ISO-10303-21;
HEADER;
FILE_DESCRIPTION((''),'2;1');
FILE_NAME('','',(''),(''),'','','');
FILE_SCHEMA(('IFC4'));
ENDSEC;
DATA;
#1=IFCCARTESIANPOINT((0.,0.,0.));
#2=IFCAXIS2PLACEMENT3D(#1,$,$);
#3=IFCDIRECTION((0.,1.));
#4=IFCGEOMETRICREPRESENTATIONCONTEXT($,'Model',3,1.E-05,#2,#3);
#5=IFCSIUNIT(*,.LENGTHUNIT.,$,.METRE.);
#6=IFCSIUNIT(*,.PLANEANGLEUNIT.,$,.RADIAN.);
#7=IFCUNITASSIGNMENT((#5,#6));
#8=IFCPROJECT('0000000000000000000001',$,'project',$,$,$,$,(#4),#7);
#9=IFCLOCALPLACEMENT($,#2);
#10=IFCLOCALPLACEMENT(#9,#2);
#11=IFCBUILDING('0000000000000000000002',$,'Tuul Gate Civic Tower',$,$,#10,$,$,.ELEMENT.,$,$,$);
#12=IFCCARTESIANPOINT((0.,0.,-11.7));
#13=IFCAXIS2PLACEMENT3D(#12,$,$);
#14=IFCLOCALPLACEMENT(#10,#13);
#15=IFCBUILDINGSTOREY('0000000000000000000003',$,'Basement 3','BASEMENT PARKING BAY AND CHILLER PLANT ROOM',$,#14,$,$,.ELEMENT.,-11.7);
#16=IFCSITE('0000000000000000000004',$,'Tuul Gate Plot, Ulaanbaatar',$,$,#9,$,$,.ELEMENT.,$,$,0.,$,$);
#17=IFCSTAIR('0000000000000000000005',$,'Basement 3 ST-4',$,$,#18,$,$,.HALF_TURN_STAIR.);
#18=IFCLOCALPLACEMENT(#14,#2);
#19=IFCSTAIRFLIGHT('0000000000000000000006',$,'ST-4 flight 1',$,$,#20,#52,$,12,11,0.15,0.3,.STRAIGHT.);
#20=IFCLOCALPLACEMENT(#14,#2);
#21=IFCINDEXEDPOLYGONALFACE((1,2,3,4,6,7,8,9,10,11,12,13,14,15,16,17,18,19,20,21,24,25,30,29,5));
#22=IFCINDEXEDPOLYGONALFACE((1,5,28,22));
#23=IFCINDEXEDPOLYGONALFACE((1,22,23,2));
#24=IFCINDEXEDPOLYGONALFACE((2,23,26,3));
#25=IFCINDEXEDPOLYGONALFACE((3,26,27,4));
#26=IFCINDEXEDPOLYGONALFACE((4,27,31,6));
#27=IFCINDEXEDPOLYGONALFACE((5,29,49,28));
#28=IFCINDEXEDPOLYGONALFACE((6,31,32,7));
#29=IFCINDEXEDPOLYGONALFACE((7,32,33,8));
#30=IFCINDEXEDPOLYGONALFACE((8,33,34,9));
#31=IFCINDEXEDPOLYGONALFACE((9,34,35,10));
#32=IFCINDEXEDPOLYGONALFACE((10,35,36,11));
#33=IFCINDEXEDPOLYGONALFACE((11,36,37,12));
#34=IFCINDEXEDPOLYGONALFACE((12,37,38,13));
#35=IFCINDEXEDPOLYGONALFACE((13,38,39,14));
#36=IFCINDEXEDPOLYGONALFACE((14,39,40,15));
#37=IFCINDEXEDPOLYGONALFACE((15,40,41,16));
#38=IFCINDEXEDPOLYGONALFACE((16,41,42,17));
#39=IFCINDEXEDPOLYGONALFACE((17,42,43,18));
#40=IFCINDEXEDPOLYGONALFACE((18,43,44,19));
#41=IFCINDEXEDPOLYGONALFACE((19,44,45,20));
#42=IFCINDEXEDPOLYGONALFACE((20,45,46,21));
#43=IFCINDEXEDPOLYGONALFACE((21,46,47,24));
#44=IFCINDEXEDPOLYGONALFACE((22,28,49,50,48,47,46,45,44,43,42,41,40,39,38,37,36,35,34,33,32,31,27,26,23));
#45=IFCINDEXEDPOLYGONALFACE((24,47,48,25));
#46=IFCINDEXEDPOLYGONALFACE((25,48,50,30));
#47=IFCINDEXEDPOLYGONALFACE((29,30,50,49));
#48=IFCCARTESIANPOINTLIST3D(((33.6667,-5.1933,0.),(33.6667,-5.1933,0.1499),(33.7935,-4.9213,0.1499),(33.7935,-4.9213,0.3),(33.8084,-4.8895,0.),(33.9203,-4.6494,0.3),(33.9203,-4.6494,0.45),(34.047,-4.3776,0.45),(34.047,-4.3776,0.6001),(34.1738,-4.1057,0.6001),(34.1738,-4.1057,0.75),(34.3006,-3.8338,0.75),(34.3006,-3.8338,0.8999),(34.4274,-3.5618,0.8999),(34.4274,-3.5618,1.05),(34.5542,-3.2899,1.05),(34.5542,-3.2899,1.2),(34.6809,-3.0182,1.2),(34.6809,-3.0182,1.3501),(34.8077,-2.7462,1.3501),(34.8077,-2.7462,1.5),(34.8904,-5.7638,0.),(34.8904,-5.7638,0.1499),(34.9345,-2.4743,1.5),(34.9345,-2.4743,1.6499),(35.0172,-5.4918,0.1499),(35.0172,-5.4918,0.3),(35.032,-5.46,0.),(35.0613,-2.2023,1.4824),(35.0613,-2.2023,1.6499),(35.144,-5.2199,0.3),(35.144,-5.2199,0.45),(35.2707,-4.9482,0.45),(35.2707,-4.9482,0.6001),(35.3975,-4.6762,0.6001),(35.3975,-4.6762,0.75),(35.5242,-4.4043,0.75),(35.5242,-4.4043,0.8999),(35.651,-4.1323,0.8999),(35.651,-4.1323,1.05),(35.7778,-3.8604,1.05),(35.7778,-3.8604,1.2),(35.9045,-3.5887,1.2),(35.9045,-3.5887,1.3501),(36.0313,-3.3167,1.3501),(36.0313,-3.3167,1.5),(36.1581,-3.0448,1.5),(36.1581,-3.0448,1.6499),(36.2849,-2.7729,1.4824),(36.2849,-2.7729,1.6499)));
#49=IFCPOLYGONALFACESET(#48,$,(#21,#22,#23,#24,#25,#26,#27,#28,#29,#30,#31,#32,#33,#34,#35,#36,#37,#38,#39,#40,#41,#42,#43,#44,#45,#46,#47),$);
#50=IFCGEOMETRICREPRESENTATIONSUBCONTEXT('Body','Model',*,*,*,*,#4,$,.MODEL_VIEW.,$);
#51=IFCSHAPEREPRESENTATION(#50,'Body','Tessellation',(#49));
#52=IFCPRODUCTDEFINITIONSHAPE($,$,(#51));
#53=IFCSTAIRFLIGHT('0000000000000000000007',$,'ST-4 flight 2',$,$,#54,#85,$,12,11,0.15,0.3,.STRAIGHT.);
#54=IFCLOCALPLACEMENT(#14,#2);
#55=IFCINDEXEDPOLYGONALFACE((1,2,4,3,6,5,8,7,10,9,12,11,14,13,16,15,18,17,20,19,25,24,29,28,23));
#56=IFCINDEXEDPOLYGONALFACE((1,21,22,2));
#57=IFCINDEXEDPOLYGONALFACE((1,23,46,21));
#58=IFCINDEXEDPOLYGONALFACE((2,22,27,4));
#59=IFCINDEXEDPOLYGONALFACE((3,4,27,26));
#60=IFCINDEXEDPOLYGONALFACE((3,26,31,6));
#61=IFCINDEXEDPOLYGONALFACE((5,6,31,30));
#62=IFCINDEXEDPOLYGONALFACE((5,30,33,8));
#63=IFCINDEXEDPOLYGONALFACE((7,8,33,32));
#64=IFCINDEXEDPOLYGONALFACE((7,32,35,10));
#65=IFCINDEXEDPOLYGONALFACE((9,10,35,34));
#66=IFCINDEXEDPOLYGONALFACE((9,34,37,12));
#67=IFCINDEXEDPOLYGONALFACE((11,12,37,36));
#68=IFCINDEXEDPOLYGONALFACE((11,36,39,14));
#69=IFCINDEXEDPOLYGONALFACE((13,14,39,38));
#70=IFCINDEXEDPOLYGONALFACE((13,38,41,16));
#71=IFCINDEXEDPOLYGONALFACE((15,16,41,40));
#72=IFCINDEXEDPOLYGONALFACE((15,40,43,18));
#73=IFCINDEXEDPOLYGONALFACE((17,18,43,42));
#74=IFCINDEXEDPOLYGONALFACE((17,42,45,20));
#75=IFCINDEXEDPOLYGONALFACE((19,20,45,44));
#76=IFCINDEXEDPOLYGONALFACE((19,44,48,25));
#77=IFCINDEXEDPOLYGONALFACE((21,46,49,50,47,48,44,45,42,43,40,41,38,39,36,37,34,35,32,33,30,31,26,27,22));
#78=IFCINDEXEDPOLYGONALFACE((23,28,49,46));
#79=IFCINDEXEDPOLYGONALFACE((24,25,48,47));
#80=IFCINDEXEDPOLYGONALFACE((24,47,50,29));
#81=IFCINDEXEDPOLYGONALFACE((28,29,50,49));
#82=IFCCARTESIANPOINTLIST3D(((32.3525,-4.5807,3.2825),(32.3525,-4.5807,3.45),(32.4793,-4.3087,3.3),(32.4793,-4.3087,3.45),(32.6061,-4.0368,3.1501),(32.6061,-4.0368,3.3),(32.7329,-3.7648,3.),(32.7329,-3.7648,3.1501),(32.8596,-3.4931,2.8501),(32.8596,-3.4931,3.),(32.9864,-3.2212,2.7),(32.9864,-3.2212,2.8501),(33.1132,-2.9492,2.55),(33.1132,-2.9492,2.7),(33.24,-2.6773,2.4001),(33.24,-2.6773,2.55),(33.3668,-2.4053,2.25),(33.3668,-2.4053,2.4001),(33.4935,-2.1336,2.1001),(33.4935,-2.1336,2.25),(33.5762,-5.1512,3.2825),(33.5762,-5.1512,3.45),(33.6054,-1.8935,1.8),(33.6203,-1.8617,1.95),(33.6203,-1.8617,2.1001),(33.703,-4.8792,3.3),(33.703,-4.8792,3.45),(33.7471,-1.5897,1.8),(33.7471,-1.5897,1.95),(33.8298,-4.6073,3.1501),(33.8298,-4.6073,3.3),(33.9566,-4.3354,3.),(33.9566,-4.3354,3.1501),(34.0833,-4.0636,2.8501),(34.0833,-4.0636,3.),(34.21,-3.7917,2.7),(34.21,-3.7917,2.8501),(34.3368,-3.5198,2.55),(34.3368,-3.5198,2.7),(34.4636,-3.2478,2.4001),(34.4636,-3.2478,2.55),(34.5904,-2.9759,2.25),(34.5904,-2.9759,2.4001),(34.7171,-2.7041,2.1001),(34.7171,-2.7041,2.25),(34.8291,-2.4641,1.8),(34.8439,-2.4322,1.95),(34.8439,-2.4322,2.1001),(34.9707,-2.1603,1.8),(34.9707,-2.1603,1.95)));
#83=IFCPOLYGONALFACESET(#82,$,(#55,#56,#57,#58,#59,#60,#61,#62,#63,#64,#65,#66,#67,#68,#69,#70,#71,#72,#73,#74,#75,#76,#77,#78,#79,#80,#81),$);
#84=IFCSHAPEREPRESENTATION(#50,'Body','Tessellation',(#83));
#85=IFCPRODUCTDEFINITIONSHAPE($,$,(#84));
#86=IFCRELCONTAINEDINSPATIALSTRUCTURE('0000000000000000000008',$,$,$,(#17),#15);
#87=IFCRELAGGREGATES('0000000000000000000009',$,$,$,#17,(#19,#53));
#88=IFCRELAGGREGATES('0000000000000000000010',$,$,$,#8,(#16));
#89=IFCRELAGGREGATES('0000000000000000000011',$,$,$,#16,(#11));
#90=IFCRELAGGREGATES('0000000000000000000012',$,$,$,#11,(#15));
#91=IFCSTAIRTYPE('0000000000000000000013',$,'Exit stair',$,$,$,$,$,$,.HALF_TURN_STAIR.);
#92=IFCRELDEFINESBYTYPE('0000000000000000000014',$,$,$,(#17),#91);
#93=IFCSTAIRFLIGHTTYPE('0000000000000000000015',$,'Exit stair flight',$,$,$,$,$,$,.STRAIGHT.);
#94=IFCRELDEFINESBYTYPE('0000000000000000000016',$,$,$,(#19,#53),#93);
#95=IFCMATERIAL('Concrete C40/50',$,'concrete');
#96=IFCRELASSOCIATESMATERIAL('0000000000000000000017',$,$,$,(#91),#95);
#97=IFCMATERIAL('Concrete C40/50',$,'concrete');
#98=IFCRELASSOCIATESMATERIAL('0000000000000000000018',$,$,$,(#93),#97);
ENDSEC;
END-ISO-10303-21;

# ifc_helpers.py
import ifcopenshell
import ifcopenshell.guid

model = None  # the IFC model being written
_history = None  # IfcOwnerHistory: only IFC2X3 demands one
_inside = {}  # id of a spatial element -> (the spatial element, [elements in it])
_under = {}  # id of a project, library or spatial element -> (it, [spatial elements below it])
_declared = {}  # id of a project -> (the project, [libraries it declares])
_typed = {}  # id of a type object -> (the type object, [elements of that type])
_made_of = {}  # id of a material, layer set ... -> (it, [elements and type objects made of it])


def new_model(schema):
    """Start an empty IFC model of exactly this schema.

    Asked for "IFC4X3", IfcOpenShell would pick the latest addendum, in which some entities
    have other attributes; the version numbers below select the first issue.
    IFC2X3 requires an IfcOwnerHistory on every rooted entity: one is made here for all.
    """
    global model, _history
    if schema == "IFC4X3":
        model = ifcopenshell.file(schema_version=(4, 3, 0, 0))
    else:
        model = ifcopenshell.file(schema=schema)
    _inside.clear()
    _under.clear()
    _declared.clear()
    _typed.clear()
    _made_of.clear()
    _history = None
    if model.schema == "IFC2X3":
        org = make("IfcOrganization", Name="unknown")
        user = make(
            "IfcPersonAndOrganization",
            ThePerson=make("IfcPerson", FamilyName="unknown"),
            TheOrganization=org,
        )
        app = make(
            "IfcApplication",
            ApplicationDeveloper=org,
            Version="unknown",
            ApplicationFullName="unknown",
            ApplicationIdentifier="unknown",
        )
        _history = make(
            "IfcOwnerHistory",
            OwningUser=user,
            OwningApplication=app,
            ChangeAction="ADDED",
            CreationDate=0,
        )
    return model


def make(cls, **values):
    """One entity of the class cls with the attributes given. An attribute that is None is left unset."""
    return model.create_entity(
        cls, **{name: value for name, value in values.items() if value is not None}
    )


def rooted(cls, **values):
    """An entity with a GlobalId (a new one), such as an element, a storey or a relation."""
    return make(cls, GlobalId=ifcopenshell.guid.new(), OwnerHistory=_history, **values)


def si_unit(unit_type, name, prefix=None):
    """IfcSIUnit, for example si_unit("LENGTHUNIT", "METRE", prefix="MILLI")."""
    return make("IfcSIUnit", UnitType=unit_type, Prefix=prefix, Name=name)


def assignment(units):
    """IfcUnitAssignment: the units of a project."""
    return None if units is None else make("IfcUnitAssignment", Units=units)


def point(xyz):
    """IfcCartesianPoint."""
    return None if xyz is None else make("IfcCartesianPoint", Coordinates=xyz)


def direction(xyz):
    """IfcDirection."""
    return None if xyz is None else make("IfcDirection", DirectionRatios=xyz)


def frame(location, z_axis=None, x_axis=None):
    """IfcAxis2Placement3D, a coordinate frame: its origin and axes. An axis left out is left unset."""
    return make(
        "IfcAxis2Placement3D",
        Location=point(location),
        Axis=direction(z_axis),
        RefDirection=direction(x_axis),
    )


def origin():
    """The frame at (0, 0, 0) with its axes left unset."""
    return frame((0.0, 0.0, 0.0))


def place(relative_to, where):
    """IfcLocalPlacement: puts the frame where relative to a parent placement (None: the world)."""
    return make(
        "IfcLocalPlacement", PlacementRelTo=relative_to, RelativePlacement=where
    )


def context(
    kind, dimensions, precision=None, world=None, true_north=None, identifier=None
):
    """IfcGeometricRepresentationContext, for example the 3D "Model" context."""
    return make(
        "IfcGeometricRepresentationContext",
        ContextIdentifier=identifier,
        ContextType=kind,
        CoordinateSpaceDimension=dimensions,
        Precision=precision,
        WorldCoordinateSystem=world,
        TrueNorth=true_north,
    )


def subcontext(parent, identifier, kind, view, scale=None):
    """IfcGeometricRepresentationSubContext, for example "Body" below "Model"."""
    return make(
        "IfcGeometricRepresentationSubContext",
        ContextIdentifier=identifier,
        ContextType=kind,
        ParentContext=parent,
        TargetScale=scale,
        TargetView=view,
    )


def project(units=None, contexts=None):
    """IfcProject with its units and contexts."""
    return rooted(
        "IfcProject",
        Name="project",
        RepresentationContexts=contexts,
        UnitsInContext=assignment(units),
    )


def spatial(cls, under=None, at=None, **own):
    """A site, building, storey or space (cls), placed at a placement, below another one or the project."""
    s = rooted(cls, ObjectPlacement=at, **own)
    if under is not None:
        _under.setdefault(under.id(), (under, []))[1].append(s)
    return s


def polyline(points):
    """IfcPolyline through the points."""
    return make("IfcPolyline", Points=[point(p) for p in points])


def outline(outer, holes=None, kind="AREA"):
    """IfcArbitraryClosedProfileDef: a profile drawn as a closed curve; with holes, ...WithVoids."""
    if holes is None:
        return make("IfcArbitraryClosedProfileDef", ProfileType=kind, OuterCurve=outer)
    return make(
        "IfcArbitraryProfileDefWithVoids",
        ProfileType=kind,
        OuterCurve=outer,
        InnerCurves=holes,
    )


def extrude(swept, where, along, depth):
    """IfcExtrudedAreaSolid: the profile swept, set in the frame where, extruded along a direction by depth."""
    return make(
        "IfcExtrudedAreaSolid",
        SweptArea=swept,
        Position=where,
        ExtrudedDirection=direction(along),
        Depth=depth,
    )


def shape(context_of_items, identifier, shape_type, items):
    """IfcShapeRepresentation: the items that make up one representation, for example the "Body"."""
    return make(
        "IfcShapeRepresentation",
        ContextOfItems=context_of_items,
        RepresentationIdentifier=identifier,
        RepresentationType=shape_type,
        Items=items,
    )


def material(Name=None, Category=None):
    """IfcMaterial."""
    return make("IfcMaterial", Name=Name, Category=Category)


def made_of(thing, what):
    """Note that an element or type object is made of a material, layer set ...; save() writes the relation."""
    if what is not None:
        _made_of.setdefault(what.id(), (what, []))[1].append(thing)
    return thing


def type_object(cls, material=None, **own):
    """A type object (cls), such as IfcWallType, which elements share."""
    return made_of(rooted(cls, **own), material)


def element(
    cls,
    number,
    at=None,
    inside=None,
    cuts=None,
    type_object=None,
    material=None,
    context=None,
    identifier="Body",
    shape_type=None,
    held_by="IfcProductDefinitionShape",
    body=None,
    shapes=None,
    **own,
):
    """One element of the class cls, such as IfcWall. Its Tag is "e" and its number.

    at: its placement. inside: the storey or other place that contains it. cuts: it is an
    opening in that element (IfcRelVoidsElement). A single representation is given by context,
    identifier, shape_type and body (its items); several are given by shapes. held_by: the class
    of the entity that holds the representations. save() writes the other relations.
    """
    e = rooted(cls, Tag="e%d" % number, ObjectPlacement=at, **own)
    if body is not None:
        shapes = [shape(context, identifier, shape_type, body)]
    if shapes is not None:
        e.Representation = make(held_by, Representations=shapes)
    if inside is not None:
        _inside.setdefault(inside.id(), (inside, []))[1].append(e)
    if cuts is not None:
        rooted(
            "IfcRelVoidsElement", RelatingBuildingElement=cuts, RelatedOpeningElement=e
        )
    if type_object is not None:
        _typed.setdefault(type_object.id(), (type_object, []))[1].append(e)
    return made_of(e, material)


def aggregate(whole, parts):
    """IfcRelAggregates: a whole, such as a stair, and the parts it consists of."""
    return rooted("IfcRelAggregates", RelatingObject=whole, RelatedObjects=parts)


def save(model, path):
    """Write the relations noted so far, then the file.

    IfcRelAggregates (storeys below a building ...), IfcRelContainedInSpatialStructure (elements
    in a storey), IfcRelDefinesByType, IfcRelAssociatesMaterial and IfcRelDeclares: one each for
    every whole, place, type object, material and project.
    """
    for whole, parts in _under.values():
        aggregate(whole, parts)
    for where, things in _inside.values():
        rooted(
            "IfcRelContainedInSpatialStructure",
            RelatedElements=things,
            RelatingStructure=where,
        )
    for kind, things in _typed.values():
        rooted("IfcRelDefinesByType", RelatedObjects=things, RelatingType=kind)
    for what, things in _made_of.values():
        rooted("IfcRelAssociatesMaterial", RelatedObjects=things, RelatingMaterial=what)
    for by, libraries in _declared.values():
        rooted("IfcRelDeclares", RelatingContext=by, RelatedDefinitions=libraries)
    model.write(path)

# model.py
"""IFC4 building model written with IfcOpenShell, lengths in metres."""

from ifc_helpers import new_model, si_unit, direction, frame, origin, place, context, subcontext, project, spatial, polyline, outline, extrude, material, type_object, element, aggregate, save


model = new_model("IFC4")

# Units and contexts
model_context = context("Model", 3, precision=1e-05, world=origin(), true_north=direction((0.0, 1.0)))
body_context = subcontext(model_context, "Body", "Model", "MODEL_VIEW")
ifc_project = project(units=[si_unit("LENGTHUNIT", "METRE"), si_unit("PLANEANGLEUNIT", "RADIAN")], contexts=[model_context])

# Site, building, storey
site_placement = place(None, origin())
site = spatial("IfcSite", under=ifc_project, at=site_placement, Name="Tuul Gate Plot, Ulaanbaatar", CompositionType="ELEMENT", RefElevation=0.0)
building_placement = place(site_placement, origin())
building = spatial("IfcBuilding", under=site, at=building_placement, Name="Tuul Gate Civic Tower", CompositionType="ELEMENT")
storey_placement = place(building_placement, frame((0.0, 0.0, -11.7)))
storey = spatial("IfcBuildingStorey", under=building, at=storey_placement, Name="Basement 3", Description="BASEMENT PARKING BAY AND CHILLER PLANT ROOM", CompositionType="ELEMENT", Elevation=-11.7)

# Stair, stair flights
ifc_material_1 = material(Name="Concrete C40/50", Category="concrete")
stair_type = type_object("IfcStairType", Name="Exit stair", PredefinedType="HALF_TURN_STAIR", material=ifc_material_1)
stair_placement = place(storey_placement, origin())
stair = element("IfcStair", 1, at=stair_placement, inside=storey, type_object=stair_type, Name="Basement 3 ST-4", PredefinedType="HALF_TURN_STAIR")
ifc_material_2 = material(Name="Concrete C40/50", Category="concrete")
stair_flight_type = type_object("IfcStairFlightType", Name="Exit stair flight", PredefinedType="STRAIGHT", material=ifc_material_2)
stair_flight_1_placement = place(storey_placement, frame((34.2786, -5.4785, 0.0), z_axis=(0.0, 0.0, 1.0), x_axis=(0.422576, 0.906327, 0.0)))
stair_flight_1 = element("IfcStairFlight", 2, at=stair_flight_1_placement, type_object=stair_flight_type, Name="ST-4 flight 1", NumberOfRisers=12, NumberOfTreads=11, PredefinedType="STRAIGHT", RiserHeight=0.15, TreadLength=0.3, context=body_context, shape_type="SweptSolid", body=[
    extrude(outline(polyline([(0.0, 0.0), (0.0, 0.1499), (0.3, 0.1499), (0.3, 0.3), (0.6001, 0.3), (0.6001, 0.45), (0.8999, 0.45), (0.8999, 0.6001), (1.2, 0.6001), (1.2, 0.75), (1.5, 0.75), (1.5, 0.8999), (1.8, 0.8999), (1.8, 1.05), (2.1001, 1.05), (2.1001, 1.2), (2.3999, 1.2), (2.3999, 1.3501), (2.7, 1.3501), (2.7, 1.5), (3.0, 1.5), (3.0, 1.6499), (3.3, 1.6499), (3.3, 1.8), (3.3, 1.4824), (0.3352, 0.0), (0.0, 0.0)])), frame((0.0, 0.675, 0.0), z_axis=(0.0, -1.0, 0.0), x_axis=(1.0, 0.0, 0.0)), (0.0, 0.0, 1.0), 1.3501),
])
stair_flight_2_placement = place(storey_placement, frame((34.3589, -1.875, 1.8), z_axis=(0.0, 0.0, 1.0), x_axis=(-0.422576, -0.906327, 0.0)))
stair_flight_2 = element("IfcStairFlight", 3, at=stair_flight_2_placement, type_object=stair_flight_type, Name="ST-4 flight 2", NumberOfRisers=12, NumberOfTreads=11, PredefinedType="STRAIGHT", RiserHeight=0.15, TreadLength=0.3, context=body_context, shape_type="SweptSolid", body=[
    extrude(outline(polyline([(0.0, 0.0), (0.0, 0.1499), (0.3, 0.1499), (0.3, 0.3), (0.6001, 0.3), (0.6001, 0.45), (0.8999, 0.45), (0.8999, 0.6001), (1.2, 0.6001), (1.2, 0.75), (1.5, 0.75), (1.5, 0.8999), (1.8, 0.8999), (1.8, 1.05), (2.1001, 1.05), (2.1001, 1.2), (2.3999, 1.2), (2.3999, 1.3501), (2.7, 1.3501), (2.7, 1.5), (3.0, 1.5), (3.0, 1.6499), (3.3, 1.6499), (3.3, 1.8), (3.3, 1.4824), (0.3352, 0.0), (0.0, 0.0)])), frame((0.0, 0.675, 0.0), z_axis=(0.0, -1.0, 0.0), x_axis=(1.0, 0.0, 0.0)), (0.0, 0.0, 1.0), 1.3501),
])
aggregate(stair, [stair_flight_1, stair_flight_2])

save(model, "model.ifc")
